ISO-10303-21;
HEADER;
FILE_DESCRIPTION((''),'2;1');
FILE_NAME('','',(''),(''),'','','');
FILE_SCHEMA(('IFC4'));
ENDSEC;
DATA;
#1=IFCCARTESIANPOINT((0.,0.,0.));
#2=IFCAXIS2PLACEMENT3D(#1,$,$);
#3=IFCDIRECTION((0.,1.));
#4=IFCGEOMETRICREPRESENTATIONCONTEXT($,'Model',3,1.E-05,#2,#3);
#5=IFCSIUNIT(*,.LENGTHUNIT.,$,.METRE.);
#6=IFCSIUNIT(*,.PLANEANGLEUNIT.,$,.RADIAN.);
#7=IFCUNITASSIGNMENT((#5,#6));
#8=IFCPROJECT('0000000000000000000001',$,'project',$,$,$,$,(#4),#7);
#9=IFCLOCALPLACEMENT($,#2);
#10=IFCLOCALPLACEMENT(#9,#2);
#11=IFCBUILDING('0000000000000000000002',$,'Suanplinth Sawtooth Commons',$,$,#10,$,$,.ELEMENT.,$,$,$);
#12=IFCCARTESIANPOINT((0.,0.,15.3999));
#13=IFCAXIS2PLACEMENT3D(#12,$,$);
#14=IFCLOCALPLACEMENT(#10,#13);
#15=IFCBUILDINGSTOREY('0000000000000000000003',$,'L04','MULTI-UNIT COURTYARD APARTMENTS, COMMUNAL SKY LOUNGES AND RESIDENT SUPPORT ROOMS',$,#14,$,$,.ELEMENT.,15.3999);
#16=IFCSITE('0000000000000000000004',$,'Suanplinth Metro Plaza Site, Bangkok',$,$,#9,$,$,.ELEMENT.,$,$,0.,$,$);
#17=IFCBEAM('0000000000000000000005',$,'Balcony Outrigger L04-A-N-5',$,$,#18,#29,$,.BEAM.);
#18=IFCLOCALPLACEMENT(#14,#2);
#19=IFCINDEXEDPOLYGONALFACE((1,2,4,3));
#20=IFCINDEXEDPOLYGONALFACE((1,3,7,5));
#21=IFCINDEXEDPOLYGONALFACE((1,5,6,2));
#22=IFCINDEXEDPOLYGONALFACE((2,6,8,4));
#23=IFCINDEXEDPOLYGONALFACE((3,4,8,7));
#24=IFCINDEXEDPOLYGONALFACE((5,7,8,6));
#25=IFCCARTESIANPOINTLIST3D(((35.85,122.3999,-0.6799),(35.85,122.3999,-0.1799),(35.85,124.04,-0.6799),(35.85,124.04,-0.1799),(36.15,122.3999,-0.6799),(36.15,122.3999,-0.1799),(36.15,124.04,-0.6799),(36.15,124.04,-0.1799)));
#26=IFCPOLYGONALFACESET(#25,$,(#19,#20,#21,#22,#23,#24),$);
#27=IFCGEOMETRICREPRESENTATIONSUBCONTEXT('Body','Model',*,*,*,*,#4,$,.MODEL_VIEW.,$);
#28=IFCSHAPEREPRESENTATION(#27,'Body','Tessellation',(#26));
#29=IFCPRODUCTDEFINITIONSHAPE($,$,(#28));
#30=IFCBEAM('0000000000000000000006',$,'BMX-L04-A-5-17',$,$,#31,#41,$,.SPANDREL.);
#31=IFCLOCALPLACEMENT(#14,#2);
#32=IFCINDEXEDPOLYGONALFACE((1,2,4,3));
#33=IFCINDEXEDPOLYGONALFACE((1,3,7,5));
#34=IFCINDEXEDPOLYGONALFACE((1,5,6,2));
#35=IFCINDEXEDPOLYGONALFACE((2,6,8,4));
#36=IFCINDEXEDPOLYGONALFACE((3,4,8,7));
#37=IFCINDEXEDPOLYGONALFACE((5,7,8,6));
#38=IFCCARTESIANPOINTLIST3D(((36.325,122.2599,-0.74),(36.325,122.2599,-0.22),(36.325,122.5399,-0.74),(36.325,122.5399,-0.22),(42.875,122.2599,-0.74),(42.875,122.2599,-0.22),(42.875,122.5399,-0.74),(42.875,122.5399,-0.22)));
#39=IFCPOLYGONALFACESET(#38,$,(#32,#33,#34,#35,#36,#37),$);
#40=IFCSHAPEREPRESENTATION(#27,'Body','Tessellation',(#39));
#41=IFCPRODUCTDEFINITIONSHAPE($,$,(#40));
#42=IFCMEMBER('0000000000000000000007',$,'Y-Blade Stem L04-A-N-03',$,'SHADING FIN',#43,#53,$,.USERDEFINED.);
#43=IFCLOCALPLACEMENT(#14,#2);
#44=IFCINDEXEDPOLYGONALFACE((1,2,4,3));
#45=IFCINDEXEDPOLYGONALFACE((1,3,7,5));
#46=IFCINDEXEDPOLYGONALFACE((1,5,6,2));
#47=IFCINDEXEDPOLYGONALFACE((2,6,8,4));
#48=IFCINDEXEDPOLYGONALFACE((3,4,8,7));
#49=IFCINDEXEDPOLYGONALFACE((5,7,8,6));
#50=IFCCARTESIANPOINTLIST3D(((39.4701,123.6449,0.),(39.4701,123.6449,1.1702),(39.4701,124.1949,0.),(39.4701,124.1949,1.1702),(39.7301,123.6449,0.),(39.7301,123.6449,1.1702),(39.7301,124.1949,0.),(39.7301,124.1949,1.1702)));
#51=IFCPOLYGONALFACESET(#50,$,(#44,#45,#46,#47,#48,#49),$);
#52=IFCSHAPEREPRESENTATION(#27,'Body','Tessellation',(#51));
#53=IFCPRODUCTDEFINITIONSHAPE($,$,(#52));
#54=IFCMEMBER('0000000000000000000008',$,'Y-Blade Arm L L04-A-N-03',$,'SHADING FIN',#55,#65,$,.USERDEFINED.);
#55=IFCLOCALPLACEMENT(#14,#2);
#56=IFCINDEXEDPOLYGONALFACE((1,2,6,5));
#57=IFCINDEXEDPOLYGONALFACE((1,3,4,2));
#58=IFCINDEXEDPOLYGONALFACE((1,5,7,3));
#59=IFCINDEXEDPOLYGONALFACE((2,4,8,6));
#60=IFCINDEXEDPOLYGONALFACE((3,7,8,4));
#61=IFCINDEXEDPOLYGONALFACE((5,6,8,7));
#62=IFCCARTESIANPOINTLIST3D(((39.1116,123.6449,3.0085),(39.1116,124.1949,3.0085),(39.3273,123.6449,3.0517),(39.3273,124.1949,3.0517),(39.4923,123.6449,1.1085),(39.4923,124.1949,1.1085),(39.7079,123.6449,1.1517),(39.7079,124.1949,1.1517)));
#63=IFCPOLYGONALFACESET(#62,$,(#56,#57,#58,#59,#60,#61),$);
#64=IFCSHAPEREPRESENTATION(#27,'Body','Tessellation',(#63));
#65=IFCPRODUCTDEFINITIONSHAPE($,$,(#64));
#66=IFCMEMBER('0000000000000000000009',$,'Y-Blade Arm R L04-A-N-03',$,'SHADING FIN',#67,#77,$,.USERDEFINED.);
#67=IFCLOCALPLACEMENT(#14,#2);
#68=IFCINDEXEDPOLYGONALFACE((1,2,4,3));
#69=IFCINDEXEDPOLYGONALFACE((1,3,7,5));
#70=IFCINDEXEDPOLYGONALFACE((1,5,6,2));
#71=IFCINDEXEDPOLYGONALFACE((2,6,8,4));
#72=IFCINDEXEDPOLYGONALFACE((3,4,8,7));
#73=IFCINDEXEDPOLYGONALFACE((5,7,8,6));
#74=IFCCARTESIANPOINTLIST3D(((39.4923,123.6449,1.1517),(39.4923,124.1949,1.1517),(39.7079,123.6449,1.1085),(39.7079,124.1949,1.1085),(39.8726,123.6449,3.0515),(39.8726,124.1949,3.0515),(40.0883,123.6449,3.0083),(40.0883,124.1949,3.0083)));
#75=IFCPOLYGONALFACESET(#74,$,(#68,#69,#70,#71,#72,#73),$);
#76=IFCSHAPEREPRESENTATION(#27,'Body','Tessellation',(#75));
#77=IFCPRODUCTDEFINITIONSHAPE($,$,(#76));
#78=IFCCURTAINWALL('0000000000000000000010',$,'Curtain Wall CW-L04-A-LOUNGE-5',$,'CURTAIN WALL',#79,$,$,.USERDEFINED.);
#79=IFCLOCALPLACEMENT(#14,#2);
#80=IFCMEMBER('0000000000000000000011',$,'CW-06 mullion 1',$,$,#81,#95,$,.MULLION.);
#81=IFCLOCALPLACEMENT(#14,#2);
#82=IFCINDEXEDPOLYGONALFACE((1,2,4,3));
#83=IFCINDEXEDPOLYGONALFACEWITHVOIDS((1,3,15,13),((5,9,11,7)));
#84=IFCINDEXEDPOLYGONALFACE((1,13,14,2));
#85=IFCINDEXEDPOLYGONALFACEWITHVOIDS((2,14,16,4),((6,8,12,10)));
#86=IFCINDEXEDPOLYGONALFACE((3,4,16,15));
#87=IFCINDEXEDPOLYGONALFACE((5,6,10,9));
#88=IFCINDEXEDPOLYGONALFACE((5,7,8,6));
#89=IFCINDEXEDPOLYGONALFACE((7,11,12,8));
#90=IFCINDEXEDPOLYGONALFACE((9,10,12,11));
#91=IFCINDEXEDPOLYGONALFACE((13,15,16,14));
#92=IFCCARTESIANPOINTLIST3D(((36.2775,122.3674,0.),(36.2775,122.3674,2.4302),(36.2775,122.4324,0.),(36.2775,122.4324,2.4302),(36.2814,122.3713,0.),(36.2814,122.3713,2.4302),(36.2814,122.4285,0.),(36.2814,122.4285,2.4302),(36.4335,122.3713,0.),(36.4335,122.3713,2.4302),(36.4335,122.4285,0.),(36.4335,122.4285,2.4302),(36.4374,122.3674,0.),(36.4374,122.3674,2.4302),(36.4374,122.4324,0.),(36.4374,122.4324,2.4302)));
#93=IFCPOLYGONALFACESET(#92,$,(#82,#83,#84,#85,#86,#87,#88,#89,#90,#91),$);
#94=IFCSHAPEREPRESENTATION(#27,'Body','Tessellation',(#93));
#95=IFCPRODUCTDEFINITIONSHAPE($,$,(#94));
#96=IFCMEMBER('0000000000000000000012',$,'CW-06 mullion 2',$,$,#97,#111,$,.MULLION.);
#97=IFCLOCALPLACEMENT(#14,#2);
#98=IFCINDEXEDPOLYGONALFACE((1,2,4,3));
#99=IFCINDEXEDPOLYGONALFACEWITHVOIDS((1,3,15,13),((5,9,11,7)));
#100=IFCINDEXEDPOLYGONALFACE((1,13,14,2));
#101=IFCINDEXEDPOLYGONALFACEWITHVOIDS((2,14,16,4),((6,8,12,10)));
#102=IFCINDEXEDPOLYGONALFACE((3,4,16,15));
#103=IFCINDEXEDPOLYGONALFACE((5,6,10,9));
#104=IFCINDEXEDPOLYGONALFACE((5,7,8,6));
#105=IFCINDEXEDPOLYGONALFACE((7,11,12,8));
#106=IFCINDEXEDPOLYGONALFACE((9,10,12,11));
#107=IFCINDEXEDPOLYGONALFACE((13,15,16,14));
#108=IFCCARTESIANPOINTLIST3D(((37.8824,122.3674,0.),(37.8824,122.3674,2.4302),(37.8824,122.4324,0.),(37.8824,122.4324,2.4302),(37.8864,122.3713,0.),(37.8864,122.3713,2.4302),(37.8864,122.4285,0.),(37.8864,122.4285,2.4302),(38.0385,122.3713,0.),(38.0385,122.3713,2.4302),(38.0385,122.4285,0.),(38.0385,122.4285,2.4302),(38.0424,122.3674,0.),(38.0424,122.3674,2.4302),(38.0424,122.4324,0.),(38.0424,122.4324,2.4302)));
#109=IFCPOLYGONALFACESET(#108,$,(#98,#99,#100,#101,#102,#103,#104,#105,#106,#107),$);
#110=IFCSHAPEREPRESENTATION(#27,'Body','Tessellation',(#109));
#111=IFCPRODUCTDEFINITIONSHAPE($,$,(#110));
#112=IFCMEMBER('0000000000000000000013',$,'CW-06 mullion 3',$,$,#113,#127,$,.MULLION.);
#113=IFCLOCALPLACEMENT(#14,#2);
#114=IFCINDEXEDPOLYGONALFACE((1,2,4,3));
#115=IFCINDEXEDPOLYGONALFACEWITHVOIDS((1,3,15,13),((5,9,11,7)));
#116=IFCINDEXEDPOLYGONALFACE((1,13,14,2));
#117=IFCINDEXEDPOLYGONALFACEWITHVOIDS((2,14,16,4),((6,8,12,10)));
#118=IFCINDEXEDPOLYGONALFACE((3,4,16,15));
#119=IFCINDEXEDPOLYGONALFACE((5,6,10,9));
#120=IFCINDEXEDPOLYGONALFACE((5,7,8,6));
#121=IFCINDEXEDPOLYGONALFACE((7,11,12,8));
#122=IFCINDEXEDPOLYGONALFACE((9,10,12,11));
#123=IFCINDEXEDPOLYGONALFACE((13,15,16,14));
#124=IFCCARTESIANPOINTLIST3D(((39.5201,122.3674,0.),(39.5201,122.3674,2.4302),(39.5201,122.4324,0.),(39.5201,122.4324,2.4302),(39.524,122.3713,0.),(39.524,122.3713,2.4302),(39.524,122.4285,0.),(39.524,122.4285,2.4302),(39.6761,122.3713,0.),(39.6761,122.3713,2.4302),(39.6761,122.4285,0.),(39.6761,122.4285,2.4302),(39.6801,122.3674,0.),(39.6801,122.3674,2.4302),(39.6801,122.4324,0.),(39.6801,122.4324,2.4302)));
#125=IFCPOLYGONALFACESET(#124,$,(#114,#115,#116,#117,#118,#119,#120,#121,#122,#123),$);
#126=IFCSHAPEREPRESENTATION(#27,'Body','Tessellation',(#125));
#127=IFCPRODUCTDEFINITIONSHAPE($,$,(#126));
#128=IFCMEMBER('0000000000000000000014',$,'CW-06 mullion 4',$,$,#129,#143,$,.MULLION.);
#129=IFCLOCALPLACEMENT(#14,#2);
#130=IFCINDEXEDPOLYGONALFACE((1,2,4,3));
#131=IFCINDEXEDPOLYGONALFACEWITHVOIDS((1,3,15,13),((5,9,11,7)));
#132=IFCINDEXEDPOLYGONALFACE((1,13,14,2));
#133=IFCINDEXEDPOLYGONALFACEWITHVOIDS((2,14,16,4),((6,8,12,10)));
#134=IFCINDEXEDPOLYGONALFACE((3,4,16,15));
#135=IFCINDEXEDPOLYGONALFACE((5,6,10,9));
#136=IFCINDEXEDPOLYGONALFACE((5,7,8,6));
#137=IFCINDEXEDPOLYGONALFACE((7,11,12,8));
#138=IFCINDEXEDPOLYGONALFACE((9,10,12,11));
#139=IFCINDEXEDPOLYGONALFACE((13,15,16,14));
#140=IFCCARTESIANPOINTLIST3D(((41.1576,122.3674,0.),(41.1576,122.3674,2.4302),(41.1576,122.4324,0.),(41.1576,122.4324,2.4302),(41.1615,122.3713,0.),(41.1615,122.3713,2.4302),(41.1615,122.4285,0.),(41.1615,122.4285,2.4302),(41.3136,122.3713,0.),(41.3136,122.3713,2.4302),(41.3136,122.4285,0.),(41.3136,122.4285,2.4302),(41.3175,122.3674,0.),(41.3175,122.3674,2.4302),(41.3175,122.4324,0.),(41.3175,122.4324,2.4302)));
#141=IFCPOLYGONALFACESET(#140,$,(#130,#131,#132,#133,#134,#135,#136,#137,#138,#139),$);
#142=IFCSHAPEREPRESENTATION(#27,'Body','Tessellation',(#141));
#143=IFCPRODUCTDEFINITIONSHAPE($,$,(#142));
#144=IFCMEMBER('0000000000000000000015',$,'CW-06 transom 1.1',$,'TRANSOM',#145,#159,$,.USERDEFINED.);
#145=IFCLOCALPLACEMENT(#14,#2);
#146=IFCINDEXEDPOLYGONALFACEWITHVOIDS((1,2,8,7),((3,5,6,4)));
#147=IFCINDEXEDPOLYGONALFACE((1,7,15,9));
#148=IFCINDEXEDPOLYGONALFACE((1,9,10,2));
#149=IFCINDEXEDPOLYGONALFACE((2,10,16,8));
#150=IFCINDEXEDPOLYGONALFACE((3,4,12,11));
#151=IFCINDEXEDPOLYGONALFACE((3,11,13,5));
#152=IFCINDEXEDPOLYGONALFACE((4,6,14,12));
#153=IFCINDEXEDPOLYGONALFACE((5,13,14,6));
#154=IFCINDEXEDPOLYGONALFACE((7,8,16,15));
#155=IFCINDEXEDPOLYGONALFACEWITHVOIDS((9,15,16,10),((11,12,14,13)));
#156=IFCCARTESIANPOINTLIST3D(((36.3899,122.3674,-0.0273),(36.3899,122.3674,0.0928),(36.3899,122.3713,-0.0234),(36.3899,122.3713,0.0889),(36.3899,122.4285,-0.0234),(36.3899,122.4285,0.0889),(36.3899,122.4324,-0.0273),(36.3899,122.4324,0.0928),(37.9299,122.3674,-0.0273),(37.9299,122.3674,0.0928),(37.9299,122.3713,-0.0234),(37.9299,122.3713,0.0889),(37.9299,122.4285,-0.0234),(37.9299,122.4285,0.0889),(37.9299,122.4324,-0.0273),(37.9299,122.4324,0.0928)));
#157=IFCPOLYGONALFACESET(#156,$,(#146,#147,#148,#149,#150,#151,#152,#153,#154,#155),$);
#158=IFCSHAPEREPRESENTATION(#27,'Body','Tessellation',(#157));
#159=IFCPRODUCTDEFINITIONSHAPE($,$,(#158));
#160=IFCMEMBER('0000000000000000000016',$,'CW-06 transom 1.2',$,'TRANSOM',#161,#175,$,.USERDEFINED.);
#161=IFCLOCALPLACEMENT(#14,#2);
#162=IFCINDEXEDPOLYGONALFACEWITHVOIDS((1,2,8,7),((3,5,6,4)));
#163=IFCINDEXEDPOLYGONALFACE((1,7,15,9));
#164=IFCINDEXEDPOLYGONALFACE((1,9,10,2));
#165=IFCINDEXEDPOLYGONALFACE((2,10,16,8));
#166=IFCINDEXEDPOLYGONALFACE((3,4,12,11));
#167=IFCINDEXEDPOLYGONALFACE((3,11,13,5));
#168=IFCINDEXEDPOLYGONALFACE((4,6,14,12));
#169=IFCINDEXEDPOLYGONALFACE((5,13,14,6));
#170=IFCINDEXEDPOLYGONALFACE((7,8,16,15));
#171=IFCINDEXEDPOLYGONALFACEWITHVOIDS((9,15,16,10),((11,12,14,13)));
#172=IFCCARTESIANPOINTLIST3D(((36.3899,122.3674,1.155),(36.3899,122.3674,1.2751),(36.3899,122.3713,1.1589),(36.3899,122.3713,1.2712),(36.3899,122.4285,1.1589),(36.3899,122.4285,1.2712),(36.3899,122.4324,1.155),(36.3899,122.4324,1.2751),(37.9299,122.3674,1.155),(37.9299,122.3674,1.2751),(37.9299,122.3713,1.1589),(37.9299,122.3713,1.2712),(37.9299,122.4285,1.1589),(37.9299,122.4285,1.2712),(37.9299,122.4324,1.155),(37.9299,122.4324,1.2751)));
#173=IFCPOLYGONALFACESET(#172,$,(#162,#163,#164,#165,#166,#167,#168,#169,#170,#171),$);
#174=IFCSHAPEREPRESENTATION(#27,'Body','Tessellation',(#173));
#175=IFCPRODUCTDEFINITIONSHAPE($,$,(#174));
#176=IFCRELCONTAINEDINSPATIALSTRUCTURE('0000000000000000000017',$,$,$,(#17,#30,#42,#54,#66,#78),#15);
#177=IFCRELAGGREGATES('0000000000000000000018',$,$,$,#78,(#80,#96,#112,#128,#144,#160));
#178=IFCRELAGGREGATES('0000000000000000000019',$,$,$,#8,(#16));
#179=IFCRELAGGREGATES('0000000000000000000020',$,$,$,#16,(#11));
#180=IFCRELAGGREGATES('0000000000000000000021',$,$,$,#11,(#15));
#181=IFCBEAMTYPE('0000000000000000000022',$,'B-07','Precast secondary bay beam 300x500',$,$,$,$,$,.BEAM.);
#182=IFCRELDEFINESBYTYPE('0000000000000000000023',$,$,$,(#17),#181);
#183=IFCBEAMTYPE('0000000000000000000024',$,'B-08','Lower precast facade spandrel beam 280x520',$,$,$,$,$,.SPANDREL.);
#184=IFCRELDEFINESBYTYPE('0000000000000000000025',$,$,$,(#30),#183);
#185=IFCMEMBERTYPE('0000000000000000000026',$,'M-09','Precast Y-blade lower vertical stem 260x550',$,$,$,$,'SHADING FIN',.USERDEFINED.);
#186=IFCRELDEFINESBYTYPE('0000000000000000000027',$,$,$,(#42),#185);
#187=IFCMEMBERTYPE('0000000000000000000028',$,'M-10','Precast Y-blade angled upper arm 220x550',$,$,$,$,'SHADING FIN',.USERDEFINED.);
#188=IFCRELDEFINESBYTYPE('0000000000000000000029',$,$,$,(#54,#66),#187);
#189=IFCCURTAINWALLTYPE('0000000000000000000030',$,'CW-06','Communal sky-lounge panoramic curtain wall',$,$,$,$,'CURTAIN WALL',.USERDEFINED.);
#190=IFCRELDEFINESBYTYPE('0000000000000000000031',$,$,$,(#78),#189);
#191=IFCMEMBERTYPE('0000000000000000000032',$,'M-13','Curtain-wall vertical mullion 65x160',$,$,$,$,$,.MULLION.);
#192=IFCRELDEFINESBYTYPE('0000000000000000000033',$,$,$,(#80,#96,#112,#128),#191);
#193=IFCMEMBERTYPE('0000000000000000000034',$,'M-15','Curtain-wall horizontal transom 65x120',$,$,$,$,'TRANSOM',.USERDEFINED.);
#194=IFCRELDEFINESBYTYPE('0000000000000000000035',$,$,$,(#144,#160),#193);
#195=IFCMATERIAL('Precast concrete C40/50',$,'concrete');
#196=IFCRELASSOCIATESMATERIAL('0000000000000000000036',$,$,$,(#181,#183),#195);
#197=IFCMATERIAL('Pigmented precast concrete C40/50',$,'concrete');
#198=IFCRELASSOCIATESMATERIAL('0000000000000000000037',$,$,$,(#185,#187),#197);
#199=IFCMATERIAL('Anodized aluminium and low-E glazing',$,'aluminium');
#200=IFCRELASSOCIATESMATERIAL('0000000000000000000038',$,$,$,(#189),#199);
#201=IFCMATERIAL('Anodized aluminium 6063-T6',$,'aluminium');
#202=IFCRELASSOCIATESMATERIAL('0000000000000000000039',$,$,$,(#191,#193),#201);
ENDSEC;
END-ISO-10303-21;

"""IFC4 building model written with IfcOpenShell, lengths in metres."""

from ifc_helpers import new_model, si_unit, direction, frame, origin, origin_2d, place, context, subcontext, project, spatial, rectangle, hollow_rectangle, extrude, material, material_profile, profile_set, type_object, element, aggregate, save


model = new_model("IFC4")

# Units and contexts
model_context = context("Model", 3, precision=1e-05, world=origin(), true_north=direction((0.0, 1.0)))
body_context = subcontext(model_context, "Body", "Model", "MODEL_VIEW")
ifc_project = project(units=[si_unit("LENGTHUNIT", "METRE"), si_unit("PLANEANGLEUNIT", "RADIAN")], contexts=[model_context])

# Site, building, storey
site_placement = place(None, origin())
site = spatial("IfcSite", under=ifc_project, at=site_placement, Name="Suanplinth Metro Plaza Site, Bangkok", CompositionType="ELEMENT", RefElevation=0.0)
building_placement = place(site_placement, origin())
building = spatial("IfcBuilding", under=site, at=building_placement, Name="Suanplinth Sawtooth Commons", CompositionType="ELEMENT")
storey_placement = place(building_placement, frame((0.0, 0.0, 15.3999)))
storey = spatial("IfcBuildingStorey", under=building, at=storey_placement, Name="L04", Description="MULTI-UNIT COURTYARD APARTMENTS, COMMUNAL SKY LOUNGES AND RESIDENT SUPPORT ROOMS", CompositionType="ELEMENT", Elevation=15.3999)

# Beams
ifc_material_1 = material(Name="Precast concrete C40/50", Category="concrete")
ifc_material_profile_1 = material_profile(ifc_material_1, rectangle(XDim=0.3, YDim=0.5, at=origin_2d()), Name="PC-BM 300x500")
ifc_profile_set_1 = profile_set([ifc_material_profile_1], Name="Precast concrete C40/50")
beam_type_1 = type_object("IfcBeamType", Name="B-07", Description="Precast secondary bay beam 300x500", PredefinedType="BEAM", material=ifc_profile_set_1)
beam_1_placement = place(storey_placement, frame((36.0, 122.3999, -0.4299), z_axis=(0.0, 1.0, 0.0), x_axis=(-1.0, 0.0, 0.0)))
element("IfcBeam", 1, at=beam_1_placement, inside=storey, type_object=beam_type_1, Name="Balcony Outrigger L04-A-N-5", PredefinedType="BEAM", context=body_context, shape_type="SweptSolid", body=[
    extrude(rectangle(XDim=0.3, YDim=0.5, at=origin_2d()), origin(), (0.0, 0.0, 1.0), 1.6401),
])
ifc_material_profile_2 = material_profile(ifc_material_1, rectangle(XDim=0.28, YDim=0.52, at=origin_2d()), Name="PC-SP 280x520")
ifc_profile_set_2 = profile_set([ifc_material_profile_2], Name="Precast concrete C40/50")
beam_type_2 = type_object("IfcBeamType", Name="B-08", Description="Lower precast facade spandrel beam 280x520", PredefinedType="SPANDREL", material=ifc_profile_set_2)
beam_2_placement = place(storey_placement, frame((36.325, 122.3999, -0.48), z_axis=(1.0, 0.0, 0.0), x_axis=(0.0, 1.0, 0.0)))
element("IfcBeam", 2, at=beam_2_placement, inside=storey, type_object=beam_type_2, Name="BMX-L04-A-5-17", PredefinedType="SPANDREL", context=body_context, shape_type="SweptSolid", body=[
    extrude(rectangle(XDim=0.28, YDim=0.52, at=origin_2d()), origin(), (0.0, 0.0, 1.0), 6.55),
])

# Members
ifc_material_2 = material(Name="Pigmented precast concrete C40/50", Category="concrete")
ifc_material_profile_3 = material_profile(ifc_material_2, rectangle(XDim=0.26, YDim=0.55, at=origin_2d()), Name="PC-FIN 260x550")
ifc_profile_set_3 = profile_set([ifc_material_profile_3], Name="Pigmented precast concrete C40/50")
member_type_1 = type_object("IfcMemberType", Name="M-09", Description="Precast Y-blade lower vertical stem 260x550", ElementType="SHADING FIN", PredefinedType="USERDEFINED", material=ifc_profile_set_3)
member_1_placement = place(storey_placement, frame((39.6001, 123.9199, 0.0), z_axis=(0.0, 0.0, 1.0), x_axis=(1.0, 0.0, 0.0)))
element("IfcMember", 3, at=member_1_placement, inside=storey, type_object=member_type_1, Name="Y-Blade Stem L04-A-N-03", ObjectType="SHADING FIN", PredefinedType="USERDEFINED", context=body_context, shape_type="SweptSolid", body=[
    extrude(rectangle(XDim=0.26, YDim=0.55, at=origin_2d()), origin(), (0.0, 0.0, 1.0), 1.1702),
])
ifc_material_profile_4 = material_profile(ifc_material_2, rectangle(XDim=0.22, YDim=0.55, at=origin_2d()), Name="PC-FIN 220x550")
ifc_profile_set_4 = profile_set([ifc_material_profile_4], Name="Pigmented precast concrete C40/50")
member_type_2 = type_object("IfcMemberType", Name="M-10", Description="Precast Y-blade angled upper arm 220x550", ElementType="SHADING FIN", PredefinedType="USERDEFINED", material=ifc_profile_set_4)
member_2_placement = place(storey_placement, frame((39.6001, 123.9199, 1.1301), z_axis=(-0.196431, 0.0, 0.980518), x_axis=(0.980518, 0.0, 0.196431)))
element("IfcMember", 4, at=member_2_placement, inside=storey, type_object=member_type_2, Name="Y-Blade Arm L L04-A-N-03", ObjectType="SHADING FIN", PredefinedType="USERDEFINED", context=body_context, shape_type="SweptSolid", body=[
    extrude(rectangle(XDim=0.22, YDim=0.55, at=origin_2d()), origin(), (0.0, 0.0, 1.0), 1.9377),
])
member_3_placement = place(storey_placement, frame((39.6001, 123.9199, 1.1301), z_axis=(0.19631, 0.0, 0.980542), x_axis=(-0.980542, 0.0, 0.19631)))
element("IfcMember", 5, at=member_3_placement, inside=storey, type_object=member_type_2, Name="Y-Blade Arm R L04-A-N-03", ObjectType="SHADING FIN", PredefinedType="USERDEFINED", context=body_context, shape_type="SweptSolid", body=[
    extrude(rectangle(XDim=0.22, YDim=0.55, at=origin_2d()), origin(), (0.0, 0.0, 1.0), 1.9375),
])

# Curtain wall, members
ifc_material_3 = material(Name="Anodized aluminium and low-E glazing", Category="aluminium")
curtain_wall_type = type_object("IfcCurtainWallType", Name="CW-06", Description="Communal sky-lounge panoramic curtain wall", ElementType="CURTAIN WALL", PredefinedType="USERDEFINED", material=ifc_material_3)
curtain_wall_placement = place(storey_placement, origin())
curtain_wall = element("IfcCurtainWall", 6, at=curtain_wall_placement, inside=storey, type_object=curtain_wall_type, Name="Curtain Wall CW-L04-A-LOUNGE-5", ObjectType="CURTAIN WALL", PredefinedType="USERDEFINED")
ifc_material_4 = material(Name="Anodized aluminium 6063-T6", Category="aluminium")
ifc_material_profile_5 = material_profile(ifc_material_4, hollow_rectangle(XDim=0.0649, YDim=0.1599, WallThickness=0.0039, at=origin_2d()), Name="ALU-MUL 65x160")
ifc_profile_set_5 = profile_set([ifc_material_profile_5], Name="Anodized aluminium 6063-T6")
member_type_3 = type_object("IfcMemberType", Name="M-13", Description="Curtain-wall vertical mullion 65x160", PredefinedType="MULLION", material=ifc_profile_set_5)
member_4_placement = place(storey_placement, frame((36.3574, 122.3999, 0.0), z_axis=(0.0, 0.0, 1.0), x_axis=(0.0, 1.0, 0.0)))
member_4 = element("IfcMember", 7, at=member_4_placement, type_object=member_type_3, Name="CW-06 mullion 1", PredefinedType="MULLION", context=body_context, shape_type="SweptSolid", body=[
    extrude(hollow_rectangle(XDim=0.0649, YDim=0.1599, WallThickness=0.0039, at=origin_2d()), origin(), (0.0, 0.0, 1.0), 2.4302),
])
member_5_placement = place(storey_placement, frame((37.9624, 122.3999, 0.0), z_axis=(0.0, 0.0, 1.0), x_axis=(0.0, 1.0, 0.0)))
member_5 = element("IfcMember", 8, at=member_5_placement, type_object=member_type_3, Name="CW-06 mullion 2", PredefinedType="MULLION", context=body_context, shape_type="SweptSolid", body=[
    extrude(hollow_rectangle(XDim=0.0649, YDim=0.1599, WallThickness=0.0039, at=origin_2d()), origin(), (0.0, 0.0, 1.0), 2.4302),
])
member_6_placement = place(storey_placement, frame((39.6001, 122.3999, 0.0), z_axis=(0.0, 0.0, 1.0), x_axis=(0.0, 1.0, 0.0)))
member_6 = element("IfcMember", 9, at=member_6_placement, type_object=member_type_3, Name="CW-06 mullion 3", PredefinedType="MULLION", context=body_context, shape_type="SweptSolid", body=[
    extrude(hollow_rectangle(XDim=0.0649, YDim=0.1599, WallThickness=0.0039, at=origin_2d()), origin(), (0.0, 0.0, 1.0), 2.4302),
])
member_7_placement = place(storey_placement, frame((41.2375, 122.3999, 0.0), z_axis=(0.0, 0.0, 1.0), x_axis=(0.0, 1.0, 0.0)))
member_7 = element("IfcMember", 10, at=member_7_placement, type_object=member_type_3, Name="CW-06 mullion 4", PredefinedType="MULLION", context=body_context, shape_type="SweptSolid", body=[
    extrude(hollow_rectangle(XDim=0.0649, YDim=0.1599, WallThickness=0.0039, at=origin_2d()), origin(), (0.0, 0.0, 1.0), 2.4302),
])
ifc_material_profile_6 = material_profile(ifc_material_4, hollow_rectangle(XDim=0.0649, YDim=0.1201, WallThickness=0.0039, at=origin_2d()), Name="ALU-TRN 65x120")
ifc_profile_set_6 = profile_set([ifc_material_profile_6], Name="Anodized aluminium 6063-T6")
member_type_4 = type_object("IfcMemberType", Name="M-15", Description="Curtain-wall horizontal transom 65x120", ElementType="TRANSOM", PredefinedType="USERDEFINED", material=ifc_profile_set_6)
member_8_placement = place(storey_placement, frame((36.3899, 122.3999, 0.0327), z_axis=(1.0, 0.0, 0.0), x_axis=(0.0, 1.0, 0.0)))
member_8 = element("IfcMember", 11, at=member_8_placement, type_object=member_type_4, Name="CW-06 transom 1.1", ObjectType="TRANSOM", PredefinedType="USERDEFINED", context=body_context, shape_type="SweptSolid", body=[
    extrude(hollow_rectangle(XDim=0.0649, YDim=0.1201, WallThickness=0.0039, at=origin_2d()), origin(), (0.0, 0.0, 1.0), 1.54),
])
member_9_placement = place(storey_placement, frame((36.3899, 122.3999, 1.2151), z_axis=(1.0, 0.0, 0.0), x_axis=(0.0, 1.0, 0.0)))
member_9 = element("IfcMember", 12, at=member_9_placement, type_object=member_type_4, Name="CW-06 transom 1.2", ObjectType="TRANSOM", PredefinedType="USERDEFINED", context=body_context, shape_type="SweptSolid", body=[
    extrude(hollow_rectangle(XDim=0.0649, YDim=0.1201, WallThickness=0.0039, at=origin_2d()), origin(), (0.0, 0.0, 1.0), 1.54),
])

aggregate(curtain_wall, [member_4, member_5, member_6, member_7, member_8, member_9])

save(model, "model.ifc")
